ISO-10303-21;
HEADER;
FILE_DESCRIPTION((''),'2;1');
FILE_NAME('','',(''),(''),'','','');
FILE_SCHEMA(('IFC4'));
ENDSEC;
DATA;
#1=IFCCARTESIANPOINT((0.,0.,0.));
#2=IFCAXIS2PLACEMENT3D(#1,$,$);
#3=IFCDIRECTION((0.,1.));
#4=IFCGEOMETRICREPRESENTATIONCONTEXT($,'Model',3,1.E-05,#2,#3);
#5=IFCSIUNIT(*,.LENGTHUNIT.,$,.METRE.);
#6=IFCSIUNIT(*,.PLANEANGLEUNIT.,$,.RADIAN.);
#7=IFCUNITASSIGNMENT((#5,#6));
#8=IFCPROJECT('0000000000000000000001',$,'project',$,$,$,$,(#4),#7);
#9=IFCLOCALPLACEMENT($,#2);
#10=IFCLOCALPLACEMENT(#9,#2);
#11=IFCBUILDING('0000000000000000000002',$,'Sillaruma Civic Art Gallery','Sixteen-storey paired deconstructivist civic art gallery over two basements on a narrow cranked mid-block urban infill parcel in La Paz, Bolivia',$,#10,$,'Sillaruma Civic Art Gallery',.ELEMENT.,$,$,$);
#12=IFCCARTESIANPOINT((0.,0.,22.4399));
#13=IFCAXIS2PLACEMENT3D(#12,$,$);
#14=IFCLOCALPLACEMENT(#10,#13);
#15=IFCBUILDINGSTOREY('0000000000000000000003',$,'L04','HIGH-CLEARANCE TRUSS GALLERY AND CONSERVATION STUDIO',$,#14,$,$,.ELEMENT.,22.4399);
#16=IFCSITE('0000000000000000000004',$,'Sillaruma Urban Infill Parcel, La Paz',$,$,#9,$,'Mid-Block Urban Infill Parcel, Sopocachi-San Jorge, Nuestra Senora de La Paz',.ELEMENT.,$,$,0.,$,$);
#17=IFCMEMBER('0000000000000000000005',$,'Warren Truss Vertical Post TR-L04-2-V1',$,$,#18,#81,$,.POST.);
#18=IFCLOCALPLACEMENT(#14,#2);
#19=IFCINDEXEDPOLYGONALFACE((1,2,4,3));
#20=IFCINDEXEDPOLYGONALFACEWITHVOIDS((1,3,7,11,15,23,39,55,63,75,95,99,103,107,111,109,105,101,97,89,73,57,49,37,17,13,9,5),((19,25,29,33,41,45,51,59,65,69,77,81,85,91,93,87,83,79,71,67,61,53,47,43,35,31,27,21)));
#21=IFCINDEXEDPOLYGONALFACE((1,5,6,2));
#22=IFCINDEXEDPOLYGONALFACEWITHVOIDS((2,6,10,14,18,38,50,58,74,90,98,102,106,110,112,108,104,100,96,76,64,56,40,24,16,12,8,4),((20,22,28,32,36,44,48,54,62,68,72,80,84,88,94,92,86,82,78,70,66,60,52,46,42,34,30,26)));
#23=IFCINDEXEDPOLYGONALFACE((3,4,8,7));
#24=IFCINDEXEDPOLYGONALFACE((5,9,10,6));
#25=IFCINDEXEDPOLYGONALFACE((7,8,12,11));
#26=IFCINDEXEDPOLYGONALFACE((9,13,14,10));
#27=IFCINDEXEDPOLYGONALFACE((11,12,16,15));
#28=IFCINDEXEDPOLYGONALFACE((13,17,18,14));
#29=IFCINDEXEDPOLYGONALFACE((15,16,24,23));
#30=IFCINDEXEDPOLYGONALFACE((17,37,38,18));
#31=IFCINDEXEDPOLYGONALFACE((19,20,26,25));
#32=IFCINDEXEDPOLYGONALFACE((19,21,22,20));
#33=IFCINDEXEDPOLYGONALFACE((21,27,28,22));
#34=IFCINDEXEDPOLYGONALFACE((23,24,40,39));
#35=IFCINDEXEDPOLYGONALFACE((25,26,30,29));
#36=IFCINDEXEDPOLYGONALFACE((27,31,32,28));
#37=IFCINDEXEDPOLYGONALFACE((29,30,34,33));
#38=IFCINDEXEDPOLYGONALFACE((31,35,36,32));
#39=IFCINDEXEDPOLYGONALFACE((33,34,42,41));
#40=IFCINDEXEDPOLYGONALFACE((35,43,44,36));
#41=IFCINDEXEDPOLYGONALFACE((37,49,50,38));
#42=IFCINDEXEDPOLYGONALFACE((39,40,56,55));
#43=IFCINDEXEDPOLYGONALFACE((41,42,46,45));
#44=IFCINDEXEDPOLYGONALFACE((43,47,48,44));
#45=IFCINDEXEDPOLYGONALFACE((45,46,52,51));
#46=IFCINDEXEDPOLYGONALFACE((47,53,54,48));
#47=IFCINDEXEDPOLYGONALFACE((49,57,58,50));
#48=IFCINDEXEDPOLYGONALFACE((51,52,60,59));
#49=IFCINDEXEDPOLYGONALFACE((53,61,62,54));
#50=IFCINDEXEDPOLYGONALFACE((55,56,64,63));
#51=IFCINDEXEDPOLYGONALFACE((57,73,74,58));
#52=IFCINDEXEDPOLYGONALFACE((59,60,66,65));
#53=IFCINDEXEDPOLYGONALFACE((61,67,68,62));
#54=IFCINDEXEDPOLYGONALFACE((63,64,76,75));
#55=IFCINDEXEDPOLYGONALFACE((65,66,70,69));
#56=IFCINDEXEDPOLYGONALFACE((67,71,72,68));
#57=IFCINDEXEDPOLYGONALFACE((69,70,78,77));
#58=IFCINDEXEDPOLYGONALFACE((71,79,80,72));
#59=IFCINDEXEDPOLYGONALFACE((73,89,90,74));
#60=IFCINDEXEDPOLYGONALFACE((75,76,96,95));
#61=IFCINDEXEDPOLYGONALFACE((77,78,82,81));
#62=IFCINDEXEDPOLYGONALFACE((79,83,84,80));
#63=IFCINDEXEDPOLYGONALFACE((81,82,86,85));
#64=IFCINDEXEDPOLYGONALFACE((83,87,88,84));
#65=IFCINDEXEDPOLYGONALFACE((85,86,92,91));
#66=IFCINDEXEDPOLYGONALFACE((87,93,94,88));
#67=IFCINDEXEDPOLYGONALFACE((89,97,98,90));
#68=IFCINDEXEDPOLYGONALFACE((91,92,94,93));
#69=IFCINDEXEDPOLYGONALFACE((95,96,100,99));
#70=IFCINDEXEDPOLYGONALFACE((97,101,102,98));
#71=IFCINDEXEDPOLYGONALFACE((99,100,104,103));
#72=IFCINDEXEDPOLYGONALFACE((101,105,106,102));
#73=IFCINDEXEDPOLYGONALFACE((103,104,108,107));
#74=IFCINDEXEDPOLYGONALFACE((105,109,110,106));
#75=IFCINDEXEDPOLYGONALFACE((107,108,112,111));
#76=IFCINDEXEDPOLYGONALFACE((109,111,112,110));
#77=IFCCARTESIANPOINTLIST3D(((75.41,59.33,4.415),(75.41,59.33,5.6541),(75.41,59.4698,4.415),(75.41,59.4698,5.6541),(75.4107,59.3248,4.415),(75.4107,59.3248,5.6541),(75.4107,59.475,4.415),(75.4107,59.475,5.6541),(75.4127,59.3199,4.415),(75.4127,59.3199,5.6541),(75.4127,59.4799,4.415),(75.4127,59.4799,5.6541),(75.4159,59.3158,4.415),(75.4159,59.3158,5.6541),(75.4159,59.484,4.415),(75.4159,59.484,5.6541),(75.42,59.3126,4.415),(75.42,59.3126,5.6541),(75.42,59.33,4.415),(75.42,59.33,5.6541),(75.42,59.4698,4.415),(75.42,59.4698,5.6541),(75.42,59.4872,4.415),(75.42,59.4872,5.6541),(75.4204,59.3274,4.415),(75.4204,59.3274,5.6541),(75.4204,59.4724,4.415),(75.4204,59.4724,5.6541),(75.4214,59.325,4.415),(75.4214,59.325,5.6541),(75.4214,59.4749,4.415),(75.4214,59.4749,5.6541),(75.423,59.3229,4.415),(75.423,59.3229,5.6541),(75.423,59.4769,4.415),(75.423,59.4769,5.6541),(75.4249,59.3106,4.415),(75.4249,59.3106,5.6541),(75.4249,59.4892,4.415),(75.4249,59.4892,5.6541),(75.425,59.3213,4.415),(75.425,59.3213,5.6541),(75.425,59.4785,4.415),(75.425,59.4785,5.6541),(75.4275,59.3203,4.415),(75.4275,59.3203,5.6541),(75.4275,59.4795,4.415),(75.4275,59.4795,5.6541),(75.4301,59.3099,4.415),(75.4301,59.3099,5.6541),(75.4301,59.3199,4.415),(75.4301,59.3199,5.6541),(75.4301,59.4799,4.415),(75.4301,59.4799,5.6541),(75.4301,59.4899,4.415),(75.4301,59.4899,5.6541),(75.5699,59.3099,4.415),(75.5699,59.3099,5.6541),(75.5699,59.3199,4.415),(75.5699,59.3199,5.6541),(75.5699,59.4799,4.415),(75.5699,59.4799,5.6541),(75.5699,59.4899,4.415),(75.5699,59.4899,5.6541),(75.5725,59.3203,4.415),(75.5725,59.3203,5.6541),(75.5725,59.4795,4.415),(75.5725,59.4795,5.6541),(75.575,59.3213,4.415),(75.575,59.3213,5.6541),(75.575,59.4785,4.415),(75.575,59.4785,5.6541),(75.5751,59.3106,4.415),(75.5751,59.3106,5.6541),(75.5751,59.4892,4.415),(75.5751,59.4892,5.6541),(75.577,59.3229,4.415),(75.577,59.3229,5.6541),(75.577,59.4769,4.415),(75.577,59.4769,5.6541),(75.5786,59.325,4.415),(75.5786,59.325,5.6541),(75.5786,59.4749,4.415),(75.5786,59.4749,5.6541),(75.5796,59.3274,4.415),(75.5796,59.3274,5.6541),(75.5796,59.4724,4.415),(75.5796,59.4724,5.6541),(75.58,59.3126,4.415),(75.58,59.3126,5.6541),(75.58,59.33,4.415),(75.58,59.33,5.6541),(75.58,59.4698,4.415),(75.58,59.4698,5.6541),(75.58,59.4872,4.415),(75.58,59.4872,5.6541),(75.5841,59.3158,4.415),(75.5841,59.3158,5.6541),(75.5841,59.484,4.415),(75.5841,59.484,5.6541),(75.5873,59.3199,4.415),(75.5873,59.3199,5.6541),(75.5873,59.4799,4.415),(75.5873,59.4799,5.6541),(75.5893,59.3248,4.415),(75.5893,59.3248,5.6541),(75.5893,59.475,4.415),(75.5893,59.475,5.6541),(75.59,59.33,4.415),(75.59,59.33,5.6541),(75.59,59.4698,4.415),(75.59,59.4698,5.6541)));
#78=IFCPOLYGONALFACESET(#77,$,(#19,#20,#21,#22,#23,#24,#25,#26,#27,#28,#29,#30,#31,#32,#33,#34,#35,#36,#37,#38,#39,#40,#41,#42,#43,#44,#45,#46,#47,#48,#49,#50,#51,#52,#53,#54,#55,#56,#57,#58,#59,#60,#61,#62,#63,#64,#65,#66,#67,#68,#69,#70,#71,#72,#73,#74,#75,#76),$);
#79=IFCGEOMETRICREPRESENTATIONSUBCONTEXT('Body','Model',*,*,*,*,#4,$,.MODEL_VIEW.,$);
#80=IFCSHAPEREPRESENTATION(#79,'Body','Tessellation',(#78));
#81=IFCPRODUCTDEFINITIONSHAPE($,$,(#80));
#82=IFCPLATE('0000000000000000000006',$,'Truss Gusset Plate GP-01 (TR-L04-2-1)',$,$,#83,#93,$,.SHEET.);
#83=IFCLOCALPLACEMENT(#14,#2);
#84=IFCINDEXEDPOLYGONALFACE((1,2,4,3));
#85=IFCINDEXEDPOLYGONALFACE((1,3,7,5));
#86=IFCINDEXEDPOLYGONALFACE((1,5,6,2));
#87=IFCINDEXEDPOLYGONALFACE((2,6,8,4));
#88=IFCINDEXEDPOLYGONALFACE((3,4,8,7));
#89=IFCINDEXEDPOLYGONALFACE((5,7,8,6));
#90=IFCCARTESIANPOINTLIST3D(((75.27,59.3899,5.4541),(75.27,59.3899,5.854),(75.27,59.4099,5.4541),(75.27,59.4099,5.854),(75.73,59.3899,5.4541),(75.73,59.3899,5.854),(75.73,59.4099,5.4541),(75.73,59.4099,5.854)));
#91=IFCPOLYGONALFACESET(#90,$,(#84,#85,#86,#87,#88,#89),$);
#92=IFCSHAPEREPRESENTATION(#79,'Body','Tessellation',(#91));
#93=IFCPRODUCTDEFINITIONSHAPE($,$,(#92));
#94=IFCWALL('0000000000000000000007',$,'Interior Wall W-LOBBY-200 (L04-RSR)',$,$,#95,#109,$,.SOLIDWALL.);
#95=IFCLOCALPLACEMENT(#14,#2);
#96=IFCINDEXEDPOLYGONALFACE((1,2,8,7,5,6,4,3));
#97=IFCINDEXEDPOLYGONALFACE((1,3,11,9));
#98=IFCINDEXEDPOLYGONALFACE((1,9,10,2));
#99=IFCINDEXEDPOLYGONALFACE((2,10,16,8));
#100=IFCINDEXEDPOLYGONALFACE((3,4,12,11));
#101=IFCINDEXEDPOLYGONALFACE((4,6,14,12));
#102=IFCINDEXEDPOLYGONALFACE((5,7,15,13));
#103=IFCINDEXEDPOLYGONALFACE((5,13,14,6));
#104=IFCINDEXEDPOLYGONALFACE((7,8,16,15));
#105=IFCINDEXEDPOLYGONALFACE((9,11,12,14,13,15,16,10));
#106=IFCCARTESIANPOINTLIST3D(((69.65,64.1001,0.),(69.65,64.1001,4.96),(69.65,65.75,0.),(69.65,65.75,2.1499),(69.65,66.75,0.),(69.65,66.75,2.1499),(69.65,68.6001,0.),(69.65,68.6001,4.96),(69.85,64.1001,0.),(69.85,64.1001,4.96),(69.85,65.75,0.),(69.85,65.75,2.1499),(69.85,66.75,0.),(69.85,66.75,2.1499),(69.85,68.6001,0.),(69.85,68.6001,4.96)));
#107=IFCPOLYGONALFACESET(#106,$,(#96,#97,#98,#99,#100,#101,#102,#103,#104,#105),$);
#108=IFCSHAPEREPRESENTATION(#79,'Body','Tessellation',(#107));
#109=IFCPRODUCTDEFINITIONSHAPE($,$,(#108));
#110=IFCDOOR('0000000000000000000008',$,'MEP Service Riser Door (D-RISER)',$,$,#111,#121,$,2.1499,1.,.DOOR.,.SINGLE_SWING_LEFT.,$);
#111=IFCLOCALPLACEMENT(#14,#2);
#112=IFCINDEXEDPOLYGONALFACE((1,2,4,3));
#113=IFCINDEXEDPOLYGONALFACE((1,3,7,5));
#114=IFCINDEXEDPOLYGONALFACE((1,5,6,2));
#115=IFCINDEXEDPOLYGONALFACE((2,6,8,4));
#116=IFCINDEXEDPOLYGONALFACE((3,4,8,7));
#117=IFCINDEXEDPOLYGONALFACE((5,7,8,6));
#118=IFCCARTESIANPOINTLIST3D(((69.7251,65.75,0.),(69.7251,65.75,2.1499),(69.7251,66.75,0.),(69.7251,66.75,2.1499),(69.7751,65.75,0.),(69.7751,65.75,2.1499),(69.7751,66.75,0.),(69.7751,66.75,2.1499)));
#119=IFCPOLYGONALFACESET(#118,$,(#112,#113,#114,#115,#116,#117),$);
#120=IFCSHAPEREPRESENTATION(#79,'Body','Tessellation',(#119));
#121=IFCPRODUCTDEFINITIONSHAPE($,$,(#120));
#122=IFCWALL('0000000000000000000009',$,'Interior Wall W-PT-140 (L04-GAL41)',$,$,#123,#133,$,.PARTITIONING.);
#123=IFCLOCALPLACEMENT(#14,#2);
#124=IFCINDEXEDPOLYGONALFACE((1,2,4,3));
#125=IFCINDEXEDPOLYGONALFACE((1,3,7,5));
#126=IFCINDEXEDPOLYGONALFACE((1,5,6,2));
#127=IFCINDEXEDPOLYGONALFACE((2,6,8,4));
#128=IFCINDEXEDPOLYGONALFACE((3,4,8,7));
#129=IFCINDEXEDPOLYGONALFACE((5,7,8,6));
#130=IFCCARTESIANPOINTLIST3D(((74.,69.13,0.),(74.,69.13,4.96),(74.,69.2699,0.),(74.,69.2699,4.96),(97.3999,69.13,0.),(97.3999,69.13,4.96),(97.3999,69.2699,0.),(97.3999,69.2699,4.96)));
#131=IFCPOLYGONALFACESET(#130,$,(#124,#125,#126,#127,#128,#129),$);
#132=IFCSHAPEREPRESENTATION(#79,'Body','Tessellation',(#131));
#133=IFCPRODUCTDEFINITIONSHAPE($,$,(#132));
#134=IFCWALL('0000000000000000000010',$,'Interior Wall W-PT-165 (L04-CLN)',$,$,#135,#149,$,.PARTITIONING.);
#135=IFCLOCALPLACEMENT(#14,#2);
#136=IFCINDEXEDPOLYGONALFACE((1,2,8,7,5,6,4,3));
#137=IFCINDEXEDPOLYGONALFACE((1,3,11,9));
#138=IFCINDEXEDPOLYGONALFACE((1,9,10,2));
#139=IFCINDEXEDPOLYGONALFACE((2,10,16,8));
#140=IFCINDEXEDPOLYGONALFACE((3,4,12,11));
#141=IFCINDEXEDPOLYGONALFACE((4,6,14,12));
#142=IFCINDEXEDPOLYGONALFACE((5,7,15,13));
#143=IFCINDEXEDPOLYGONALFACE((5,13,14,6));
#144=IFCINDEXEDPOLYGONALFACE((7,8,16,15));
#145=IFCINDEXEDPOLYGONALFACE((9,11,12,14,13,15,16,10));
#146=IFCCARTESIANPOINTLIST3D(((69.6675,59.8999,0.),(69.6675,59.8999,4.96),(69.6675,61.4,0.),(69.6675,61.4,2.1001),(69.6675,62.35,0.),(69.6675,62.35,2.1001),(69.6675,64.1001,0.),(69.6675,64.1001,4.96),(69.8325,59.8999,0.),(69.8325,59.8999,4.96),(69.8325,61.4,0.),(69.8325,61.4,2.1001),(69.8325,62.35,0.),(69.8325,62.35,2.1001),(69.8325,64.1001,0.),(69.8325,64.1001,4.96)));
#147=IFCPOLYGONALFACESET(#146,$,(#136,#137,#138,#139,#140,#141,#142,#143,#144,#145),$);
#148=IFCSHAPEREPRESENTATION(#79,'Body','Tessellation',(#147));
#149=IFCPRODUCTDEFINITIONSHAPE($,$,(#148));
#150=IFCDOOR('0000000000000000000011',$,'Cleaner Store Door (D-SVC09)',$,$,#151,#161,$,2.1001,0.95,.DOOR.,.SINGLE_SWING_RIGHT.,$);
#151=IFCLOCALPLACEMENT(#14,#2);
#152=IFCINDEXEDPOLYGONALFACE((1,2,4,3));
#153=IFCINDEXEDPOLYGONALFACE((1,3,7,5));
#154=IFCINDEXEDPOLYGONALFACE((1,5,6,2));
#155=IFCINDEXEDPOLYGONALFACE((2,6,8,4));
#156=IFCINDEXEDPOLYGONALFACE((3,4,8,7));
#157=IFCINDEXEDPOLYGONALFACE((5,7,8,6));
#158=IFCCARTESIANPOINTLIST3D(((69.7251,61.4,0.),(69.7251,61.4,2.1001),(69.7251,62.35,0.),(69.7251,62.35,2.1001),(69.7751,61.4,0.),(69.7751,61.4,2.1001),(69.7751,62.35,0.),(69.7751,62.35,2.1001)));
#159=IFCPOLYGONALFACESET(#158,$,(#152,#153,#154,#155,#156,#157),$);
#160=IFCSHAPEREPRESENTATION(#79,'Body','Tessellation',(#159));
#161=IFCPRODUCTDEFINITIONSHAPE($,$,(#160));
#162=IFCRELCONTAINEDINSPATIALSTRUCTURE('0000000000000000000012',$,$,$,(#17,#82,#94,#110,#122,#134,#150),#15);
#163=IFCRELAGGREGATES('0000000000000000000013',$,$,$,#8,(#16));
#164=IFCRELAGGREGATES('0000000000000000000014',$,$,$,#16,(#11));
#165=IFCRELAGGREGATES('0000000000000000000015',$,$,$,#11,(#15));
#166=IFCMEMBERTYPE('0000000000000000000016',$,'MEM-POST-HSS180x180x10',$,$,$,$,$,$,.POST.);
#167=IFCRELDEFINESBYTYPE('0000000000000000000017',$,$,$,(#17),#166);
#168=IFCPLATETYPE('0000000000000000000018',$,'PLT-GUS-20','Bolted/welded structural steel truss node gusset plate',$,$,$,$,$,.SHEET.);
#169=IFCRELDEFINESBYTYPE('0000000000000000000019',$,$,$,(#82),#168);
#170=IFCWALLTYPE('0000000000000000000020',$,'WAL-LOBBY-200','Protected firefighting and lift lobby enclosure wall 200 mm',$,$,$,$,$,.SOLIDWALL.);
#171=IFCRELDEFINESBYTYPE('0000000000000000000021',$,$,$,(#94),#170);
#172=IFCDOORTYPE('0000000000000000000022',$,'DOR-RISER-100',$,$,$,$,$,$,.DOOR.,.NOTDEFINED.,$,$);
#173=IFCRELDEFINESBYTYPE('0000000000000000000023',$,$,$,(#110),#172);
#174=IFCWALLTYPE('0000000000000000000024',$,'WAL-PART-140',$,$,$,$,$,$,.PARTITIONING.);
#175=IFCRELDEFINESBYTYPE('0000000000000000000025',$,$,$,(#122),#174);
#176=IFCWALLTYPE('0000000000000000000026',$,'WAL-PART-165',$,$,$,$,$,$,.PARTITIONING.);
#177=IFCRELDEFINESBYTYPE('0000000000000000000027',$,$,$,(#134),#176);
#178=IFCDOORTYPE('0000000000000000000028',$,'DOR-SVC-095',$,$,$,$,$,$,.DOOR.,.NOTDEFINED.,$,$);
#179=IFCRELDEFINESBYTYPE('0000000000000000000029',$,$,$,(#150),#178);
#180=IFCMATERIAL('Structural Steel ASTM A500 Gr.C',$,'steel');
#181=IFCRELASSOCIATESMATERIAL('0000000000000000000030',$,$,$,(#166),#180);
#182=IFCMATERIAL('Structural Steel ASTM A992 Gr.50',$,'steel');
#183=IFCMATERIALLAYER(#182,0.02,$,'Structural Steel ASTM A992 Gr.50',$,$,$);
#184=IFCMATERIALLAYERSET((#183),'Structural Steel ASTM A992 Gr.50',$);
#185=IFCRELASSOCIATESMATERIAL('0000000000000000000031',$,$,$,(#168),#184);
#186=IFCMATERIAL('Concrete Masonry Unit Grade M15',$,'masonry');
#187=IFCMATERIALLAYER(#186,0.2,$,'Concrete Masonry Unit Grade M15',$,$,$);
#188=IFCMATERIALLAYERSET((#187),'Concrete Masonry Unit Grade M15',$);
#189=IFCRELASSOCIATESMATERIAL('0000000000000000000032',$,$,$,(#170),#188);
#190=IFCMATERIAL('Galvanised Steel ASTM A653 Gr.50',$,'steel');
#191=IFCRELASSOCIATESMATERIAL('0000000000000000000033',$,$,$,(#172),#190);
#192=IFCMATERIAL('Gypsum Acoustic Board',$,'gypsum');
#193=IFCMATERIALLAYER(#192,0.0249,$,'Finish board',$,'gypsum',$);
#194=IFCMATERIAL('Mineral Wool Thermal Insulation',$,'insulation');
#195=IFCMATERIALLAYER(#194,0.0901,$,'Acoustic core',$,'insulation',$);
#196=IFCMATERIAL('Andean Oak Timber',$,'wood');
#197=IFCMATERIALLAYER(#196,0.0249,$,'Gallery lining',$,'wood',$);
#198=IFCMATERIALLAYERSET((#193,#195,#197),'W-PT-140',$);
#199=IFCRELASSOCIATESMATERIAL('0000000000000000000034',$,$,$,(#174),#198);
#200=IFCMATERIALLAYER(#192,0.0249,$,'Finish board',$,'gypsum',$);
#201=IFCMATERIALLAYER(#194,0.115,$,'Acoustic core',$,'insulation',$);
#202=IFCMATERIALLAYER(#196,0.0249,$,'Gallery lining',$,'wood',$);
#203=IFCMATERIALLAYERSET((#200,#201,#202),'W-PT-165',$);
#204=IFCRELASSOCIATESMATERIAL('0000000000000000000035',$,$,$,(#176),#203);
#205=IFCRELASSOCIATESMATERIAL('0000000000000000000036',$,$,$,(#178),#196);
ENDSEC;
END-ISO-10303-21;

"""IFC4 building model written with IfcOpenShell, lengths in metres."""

from ifc_helpers import new_model, si_unit, direction, frame, frame_2d, origin, origin_2d, place, context, subcontext, project, spatial, rectangle, hollow_rectangle, extrude, material, layer, layer_set, material_profile, profile_set, type_object, element, fill, save


model = new_model("IFC4")

# Units and contexts
model_context = context("Model", 3, precision=1e-05, world=origin(), true_north=direction((0.0, 1.0)))
body_context = subcontext(model_context, "Body", "Model", "MODEL_VIEW")
ifc_project = project(units=[si_unit("LENGTHUNIT", "METRE"), si_unit("PLANEANGLEUNIT", "RADIAN")], contexts=[model_context])

# Site, building, storey
site_placement = place(None, origin())
site = spatial("IfcSite", under=ifc_project, at=site_placement, Name="Sillaruma Urban Infill Parcel, La Paz", LongName="Mid-Block Urban Infill Parcel, Sopocachi-San Jorge, Nuestra Senora de La Paz", CompositionType="ELEMENT", RefElevation=0.0)
building_placement = place(site_placement, origin())
building = spatial("IfcBuilding", under=site, at=building_placement, Name="Sillaruma Civic Art Gallery", Description="Sixteen-storey paired deconstructivist civic art gallery over two basements on a narrow cranked mid-block urban infill parcel in La Paz, Bolivia", LongName="Sillaruma Civic Art Gallery", CompositionType="ELEMENT")
storey_placement = place(building_placement, frame((0.0, 0.0, 22.4399)))
storey = spatial("IfcBuildingStorey", under=building, at=storey_placement, Name="L04", Description="HIGH-CLEARANCE TRUSS GALLERY AND CONSERVATION STUDIO", CompositionType="ELEMENT", Elevation=22.4399)

# Shared definitions
ifc_material_1 = material(Name="Structural Steel ASTM A992 Gr.50", Category="steel")

# Member
ifc_material_2 = material(Name="Structural Steel ASTM A500 Gr.C", Category="steel")
ifc_material_profile_1 = material_profile(ifc_material_2, hollow_rectangle(XDim=0.1799, YDim=0.1799, WallThickness=0.01, InnerFilletRadius=0.01, OuterFilletRadius=0.02, at=origin_2d()), Name="HSS180x180x10")
ifc_profile_set_1 = profile_set([ifc_material_profile_1], Name="Structural Steel ASTM A500 Gr.C")
member_type_1 = type_object("IfcMemberType", Name="MEM-POST-HSS180x180x10", PredefinedType="POST", material=ifc_profile_set_1)
member_placement = place(storey_placement, frame((75.5, 59.3999, 4.415), z_axis=(0.0, 0.0, 1.0), x_axis=(1.0, 0.0, 0.0)))
element("IfcMember", 1, at=member_placement, inside=storey, type_object=member_type_1, Name="Warren Truss Vertical Post TR-L04-2-V1", PredefinedType="POST", context=body_context, shape_type="SweptSolid", body=[
    extrude(hollow_rectangle(XDim=0.1799, YDim=0.1799, WallThickness=0.01, InnerFilletRadius=0.01, OuterFilletRadius=0.02, at=origin_2d()), origin(), (0.0, 0.0, 1.0), 1.239),
])

# Plate
ifc_layer_1 = layer(ifc_material_1, 0.02, Name="Structural Steel ASTM A992 Gr.50")
ifc_layer_set_1 = layer_set([ifc_layer_1], Name="Structural Steel ASTM A992 Gr.50")
plate_type = type_object("IfcPlateType", Name="PLT-GUS-20", Description="Bolted/welded structural steel truss node gusset plate", PredefinedType="SHEET", material=ifc_layer_set_1)
plate_placement = place(storey_placement, frame((75.5, 59.3999, 5.4541), z_axis=(0.0, 0.0, 1.0), x_axis=(1.0, 0.0, 0.0)))
element("IfcPlate", 2, at=plate_placement, inside=storey, type_object=plate_type, Name="Truss Gusset Plate GP-01 (TR-L04-2-1)", PredefinedType="SHEET", context=body_context, shape_type="SweptSolid", body=[
    extrude(rectangle(XDim=0.46, YDim=0.02, at=origin_2d()), origin(), (0.0, 0.0, 1.0), 0.3999),
])

# Wall, opening, door
ifc_material_3 = material(Name="Concrete Masonry Unit Grade M15", Category="masonry")
ifc_layer_2 = layer(ifc_material_3, 0.2, Name="Concrete Masonry Unit Grade M15")
ifc_layer_set_2 = layer_set([ifc_layer_2], Name="Concrete Masonry Unit Grade M15")
wall_type_1 = type_object("IfcWallType", Name="WAL-LOBBY-200", Description="Protected firefighting and lift lobby enclosure wall 200 mm", PredefinedType="SOLIDWALL", material=ifc_layer_set_2)
wall_1_placement = place(storey_placement, frame((69.75, 64.1001, 0.0), z_axis=(0.0, 0.0, 1.0), x_axis=(0.0, 1.0, 0.0)))
wall_1 = element("IfcWall", 3, at=wall_1_placement, inside=storey, type_object=wall_type_1, Name="Interior Wall W-LOBBY-200 (L04-RSR)", PredefinedType="SOLIDWALL", context=body_context, shape_type="SweptSolid", body=[
    extrude(rectangle(XDim=4.5, YDim=0.2, at=frame_2d((2.25, 0.0))), origin(), (0.0, 0.0, 1.0), 4.96),
])
opening_1_placement = place(wall_1_placement, frame((1.6499, 0.0, 0.0)))
opening_1 = element("IfcOpeningElement", 4, at=opening_1_placement, cuts=wall_1, PredefinedType="OPENING", context=body_context, shape_type="SweptSolid", body=[
    extrude(rectangle(XDim=1.0, YDim=2.1499, at=frame_2d((0.5, 1.075))), frame((0.0, 0.1099, 0.0), z_axis=(0.0, -1.0, 0.0), x_axis=(1.0, 0.0, 0.0)), (0.0, 0.0, 1.0), 0.22),
])
ifc_material_4 = material(Name="Galvanised Steel ASTM A653 Gr.50", Category="steel")
door_type_1 = type_object("IfcDoorType", Name="DOR-RISER-100", OperationType="NOTDEFINED", PredefinedType="DOOR", material=ifc_material_4)
door_1_placement = place(opening_1_placement, origin())
door_1 = element("IfcDoor", 5, at=door_1_placement, inside=storey, type_object=door_type_1, Name="MEP Service Riser Door (D-RISER)", OperationType="SINGLE_SWING_LEFT", OverallHeight=2.1499, OverallWidth=1.0, PredefinedType="DOOR", context=body_context, shape_type="SweptSolid", body=[
    extrude(rectangle(XDim=1.0, YDim=2.1499, at=frame_2d((0.5, 1.075))), frame((0.0, 0.0249, 0.0), z_axis=(0.0, -1.0, 0.0), x_axis=(1.0, 0.0, 0.0)), (0.0, 0.0, 1.0), 0.05),
])
fill(opening_1, door_1)

# Wall
ifc_material_5 = material(Name="Gypsum Acoustic Board", Category="gypsum")
ifc_layer_3 = layer(ifc_material_5, 0.0249, Name="Finish board", Category="gypsum")
ifc_material_6 = material(Name="Mineral Wool Thermal Insulation", Category="insulation")
ifc_layer_4 = layer(ifc_material_6, 0.0901, Name="Acoustic core", Category="insulation")
ifc_material_7 = material(Name="Andean Oak Timber", Category="wood")
ifc_layer_5 = layer(ifc_material_7, 0.0249, Name="Gallery lining", Category="wood")
ifc_layer_set_3 = layer_set([ifc_layer_3, ifc_layer_4, ifc_layer_5], Name="W-PT-140")
wall_type_2 = type_object("IfcWallType", Name="WAL-PART-140", PredefinedType="PARTITIONING", material=ifc_layer_set_3)
wall_2_placement = place(storey_placement, frame((74.0, 69.2, 0.0), z_axis=(0.0, 0.0, 1.0), x_axis=(1.0, 0.0, 0.0)))
element("IfcWall", 6, at=wall_2_placement, inside=storey, type_object=wall_type_2, Name="Interior Wall W-PT-140 (L04-GAL41)", PredefinedType="PARTITIONING", context=body_context, shape_type="SweptSolid", body=[
    extrude(rectangle(XDim=23.3999, YDim=0.1399, at=frame_2d((11.7, 0.0))), origin(), (0.0, 0.0, 1.0), 4.96),
])

# Wall, opening, door
ifc_layer_6 = layer(ifc_material_5, 0.0249, Name="Finish board", Category="gypsum")
ifc_layer_7 = layer(ifc_material_6, 0.115, Name="Acoustic core", Category="insulation")
ifc_layer_8 = layer(ifc_material_7, 0.0249, Name="Gallery lining", Category="wood")
ifc_layer_set_4 = layer_set([ifc_layer_6, ifc_layer_7, ifc_layer_8], Name="W-PT-165")
wall_type_3 = type_object("IfcWallType", Name="WAL-PART-165", PredefinedType="PARTITIONING", material=ifc_layer_set_4)
wall_3_placement = place(storey_placement, frame((69.75, 59.8999, 0.0), z_axis=(0.0, 0.0, 1.0), x_axis=(0.0, 1.0, 0.0)))
wall_3 = element("IfcWall", 7, at=wall_3_placement, inside=storey, type_object=wall_type_3, Name="Interior Wall W-PT-165 (L04-CLN)", PredefinedType="PARTITIONING", context=body_context, shape_type="SweptSolid", body=[
    extrude(rectangle(XDim=4.2002, YDim=0.165, at=frame_2d((2.1001, 0.0))), origin(), (0.0, 0.0, 1.0), 4.96),
])
opening_2_placement = place(wall_3_placement, frame((1.5, 0.0, 0.0)))
opening_2 = element("IfcOpeningElement", 8, at=opening_2_placement, cuts=wall_3, PredefinedType="OPENING", context=body_context, shape_type="SweptSolid", body=[
    extrude(rectangle(XDim=0.95, YDim=2.1001, at=frame_2d((0.4751, 1.05))), frame((0.0, 0.0925, 0.0), z_axis=(0.0, -1.0, 0.0), x_axis=(1.0, 0.0, 0.0)), (0.0, 0.0, 1.0), 0.1851),
])
door_type_2 = type_object("IfcDoorType", Name="DOR-SVC-095", OperationType="NOTDEFINED", PredefinedType="DOOR", material=ifc_material_7)
door_2_placement = place(opening_2_placement, origin())
door_2 = element("IfcDoor", 9, at=door_2_placement, inside=storey, type_object=door_type_2, Name="Cleaner Store Door (D-SVC09)", OperationType="SINGLE_SWING_RIGHT", OverallHeight=2.1001, OverallWidth=0.95, PredefinedType="DOOR", context=body_context, shape_type="SweptSolid", body=[
    extrude(rectangle(XDim=0.95, YDim=2.1001, at=frame_2d((0.4751, 1.05))), frame((0.0, 0.0249, 0.0), z_axis=(0.0, -1.0, 0.0), x_axis=(1.0, 0.0, 0.0)), (0.0, 0.0, 1.0), 0.05),
])
fill(opening_2, door_2)

save(model, "model.ifc")
